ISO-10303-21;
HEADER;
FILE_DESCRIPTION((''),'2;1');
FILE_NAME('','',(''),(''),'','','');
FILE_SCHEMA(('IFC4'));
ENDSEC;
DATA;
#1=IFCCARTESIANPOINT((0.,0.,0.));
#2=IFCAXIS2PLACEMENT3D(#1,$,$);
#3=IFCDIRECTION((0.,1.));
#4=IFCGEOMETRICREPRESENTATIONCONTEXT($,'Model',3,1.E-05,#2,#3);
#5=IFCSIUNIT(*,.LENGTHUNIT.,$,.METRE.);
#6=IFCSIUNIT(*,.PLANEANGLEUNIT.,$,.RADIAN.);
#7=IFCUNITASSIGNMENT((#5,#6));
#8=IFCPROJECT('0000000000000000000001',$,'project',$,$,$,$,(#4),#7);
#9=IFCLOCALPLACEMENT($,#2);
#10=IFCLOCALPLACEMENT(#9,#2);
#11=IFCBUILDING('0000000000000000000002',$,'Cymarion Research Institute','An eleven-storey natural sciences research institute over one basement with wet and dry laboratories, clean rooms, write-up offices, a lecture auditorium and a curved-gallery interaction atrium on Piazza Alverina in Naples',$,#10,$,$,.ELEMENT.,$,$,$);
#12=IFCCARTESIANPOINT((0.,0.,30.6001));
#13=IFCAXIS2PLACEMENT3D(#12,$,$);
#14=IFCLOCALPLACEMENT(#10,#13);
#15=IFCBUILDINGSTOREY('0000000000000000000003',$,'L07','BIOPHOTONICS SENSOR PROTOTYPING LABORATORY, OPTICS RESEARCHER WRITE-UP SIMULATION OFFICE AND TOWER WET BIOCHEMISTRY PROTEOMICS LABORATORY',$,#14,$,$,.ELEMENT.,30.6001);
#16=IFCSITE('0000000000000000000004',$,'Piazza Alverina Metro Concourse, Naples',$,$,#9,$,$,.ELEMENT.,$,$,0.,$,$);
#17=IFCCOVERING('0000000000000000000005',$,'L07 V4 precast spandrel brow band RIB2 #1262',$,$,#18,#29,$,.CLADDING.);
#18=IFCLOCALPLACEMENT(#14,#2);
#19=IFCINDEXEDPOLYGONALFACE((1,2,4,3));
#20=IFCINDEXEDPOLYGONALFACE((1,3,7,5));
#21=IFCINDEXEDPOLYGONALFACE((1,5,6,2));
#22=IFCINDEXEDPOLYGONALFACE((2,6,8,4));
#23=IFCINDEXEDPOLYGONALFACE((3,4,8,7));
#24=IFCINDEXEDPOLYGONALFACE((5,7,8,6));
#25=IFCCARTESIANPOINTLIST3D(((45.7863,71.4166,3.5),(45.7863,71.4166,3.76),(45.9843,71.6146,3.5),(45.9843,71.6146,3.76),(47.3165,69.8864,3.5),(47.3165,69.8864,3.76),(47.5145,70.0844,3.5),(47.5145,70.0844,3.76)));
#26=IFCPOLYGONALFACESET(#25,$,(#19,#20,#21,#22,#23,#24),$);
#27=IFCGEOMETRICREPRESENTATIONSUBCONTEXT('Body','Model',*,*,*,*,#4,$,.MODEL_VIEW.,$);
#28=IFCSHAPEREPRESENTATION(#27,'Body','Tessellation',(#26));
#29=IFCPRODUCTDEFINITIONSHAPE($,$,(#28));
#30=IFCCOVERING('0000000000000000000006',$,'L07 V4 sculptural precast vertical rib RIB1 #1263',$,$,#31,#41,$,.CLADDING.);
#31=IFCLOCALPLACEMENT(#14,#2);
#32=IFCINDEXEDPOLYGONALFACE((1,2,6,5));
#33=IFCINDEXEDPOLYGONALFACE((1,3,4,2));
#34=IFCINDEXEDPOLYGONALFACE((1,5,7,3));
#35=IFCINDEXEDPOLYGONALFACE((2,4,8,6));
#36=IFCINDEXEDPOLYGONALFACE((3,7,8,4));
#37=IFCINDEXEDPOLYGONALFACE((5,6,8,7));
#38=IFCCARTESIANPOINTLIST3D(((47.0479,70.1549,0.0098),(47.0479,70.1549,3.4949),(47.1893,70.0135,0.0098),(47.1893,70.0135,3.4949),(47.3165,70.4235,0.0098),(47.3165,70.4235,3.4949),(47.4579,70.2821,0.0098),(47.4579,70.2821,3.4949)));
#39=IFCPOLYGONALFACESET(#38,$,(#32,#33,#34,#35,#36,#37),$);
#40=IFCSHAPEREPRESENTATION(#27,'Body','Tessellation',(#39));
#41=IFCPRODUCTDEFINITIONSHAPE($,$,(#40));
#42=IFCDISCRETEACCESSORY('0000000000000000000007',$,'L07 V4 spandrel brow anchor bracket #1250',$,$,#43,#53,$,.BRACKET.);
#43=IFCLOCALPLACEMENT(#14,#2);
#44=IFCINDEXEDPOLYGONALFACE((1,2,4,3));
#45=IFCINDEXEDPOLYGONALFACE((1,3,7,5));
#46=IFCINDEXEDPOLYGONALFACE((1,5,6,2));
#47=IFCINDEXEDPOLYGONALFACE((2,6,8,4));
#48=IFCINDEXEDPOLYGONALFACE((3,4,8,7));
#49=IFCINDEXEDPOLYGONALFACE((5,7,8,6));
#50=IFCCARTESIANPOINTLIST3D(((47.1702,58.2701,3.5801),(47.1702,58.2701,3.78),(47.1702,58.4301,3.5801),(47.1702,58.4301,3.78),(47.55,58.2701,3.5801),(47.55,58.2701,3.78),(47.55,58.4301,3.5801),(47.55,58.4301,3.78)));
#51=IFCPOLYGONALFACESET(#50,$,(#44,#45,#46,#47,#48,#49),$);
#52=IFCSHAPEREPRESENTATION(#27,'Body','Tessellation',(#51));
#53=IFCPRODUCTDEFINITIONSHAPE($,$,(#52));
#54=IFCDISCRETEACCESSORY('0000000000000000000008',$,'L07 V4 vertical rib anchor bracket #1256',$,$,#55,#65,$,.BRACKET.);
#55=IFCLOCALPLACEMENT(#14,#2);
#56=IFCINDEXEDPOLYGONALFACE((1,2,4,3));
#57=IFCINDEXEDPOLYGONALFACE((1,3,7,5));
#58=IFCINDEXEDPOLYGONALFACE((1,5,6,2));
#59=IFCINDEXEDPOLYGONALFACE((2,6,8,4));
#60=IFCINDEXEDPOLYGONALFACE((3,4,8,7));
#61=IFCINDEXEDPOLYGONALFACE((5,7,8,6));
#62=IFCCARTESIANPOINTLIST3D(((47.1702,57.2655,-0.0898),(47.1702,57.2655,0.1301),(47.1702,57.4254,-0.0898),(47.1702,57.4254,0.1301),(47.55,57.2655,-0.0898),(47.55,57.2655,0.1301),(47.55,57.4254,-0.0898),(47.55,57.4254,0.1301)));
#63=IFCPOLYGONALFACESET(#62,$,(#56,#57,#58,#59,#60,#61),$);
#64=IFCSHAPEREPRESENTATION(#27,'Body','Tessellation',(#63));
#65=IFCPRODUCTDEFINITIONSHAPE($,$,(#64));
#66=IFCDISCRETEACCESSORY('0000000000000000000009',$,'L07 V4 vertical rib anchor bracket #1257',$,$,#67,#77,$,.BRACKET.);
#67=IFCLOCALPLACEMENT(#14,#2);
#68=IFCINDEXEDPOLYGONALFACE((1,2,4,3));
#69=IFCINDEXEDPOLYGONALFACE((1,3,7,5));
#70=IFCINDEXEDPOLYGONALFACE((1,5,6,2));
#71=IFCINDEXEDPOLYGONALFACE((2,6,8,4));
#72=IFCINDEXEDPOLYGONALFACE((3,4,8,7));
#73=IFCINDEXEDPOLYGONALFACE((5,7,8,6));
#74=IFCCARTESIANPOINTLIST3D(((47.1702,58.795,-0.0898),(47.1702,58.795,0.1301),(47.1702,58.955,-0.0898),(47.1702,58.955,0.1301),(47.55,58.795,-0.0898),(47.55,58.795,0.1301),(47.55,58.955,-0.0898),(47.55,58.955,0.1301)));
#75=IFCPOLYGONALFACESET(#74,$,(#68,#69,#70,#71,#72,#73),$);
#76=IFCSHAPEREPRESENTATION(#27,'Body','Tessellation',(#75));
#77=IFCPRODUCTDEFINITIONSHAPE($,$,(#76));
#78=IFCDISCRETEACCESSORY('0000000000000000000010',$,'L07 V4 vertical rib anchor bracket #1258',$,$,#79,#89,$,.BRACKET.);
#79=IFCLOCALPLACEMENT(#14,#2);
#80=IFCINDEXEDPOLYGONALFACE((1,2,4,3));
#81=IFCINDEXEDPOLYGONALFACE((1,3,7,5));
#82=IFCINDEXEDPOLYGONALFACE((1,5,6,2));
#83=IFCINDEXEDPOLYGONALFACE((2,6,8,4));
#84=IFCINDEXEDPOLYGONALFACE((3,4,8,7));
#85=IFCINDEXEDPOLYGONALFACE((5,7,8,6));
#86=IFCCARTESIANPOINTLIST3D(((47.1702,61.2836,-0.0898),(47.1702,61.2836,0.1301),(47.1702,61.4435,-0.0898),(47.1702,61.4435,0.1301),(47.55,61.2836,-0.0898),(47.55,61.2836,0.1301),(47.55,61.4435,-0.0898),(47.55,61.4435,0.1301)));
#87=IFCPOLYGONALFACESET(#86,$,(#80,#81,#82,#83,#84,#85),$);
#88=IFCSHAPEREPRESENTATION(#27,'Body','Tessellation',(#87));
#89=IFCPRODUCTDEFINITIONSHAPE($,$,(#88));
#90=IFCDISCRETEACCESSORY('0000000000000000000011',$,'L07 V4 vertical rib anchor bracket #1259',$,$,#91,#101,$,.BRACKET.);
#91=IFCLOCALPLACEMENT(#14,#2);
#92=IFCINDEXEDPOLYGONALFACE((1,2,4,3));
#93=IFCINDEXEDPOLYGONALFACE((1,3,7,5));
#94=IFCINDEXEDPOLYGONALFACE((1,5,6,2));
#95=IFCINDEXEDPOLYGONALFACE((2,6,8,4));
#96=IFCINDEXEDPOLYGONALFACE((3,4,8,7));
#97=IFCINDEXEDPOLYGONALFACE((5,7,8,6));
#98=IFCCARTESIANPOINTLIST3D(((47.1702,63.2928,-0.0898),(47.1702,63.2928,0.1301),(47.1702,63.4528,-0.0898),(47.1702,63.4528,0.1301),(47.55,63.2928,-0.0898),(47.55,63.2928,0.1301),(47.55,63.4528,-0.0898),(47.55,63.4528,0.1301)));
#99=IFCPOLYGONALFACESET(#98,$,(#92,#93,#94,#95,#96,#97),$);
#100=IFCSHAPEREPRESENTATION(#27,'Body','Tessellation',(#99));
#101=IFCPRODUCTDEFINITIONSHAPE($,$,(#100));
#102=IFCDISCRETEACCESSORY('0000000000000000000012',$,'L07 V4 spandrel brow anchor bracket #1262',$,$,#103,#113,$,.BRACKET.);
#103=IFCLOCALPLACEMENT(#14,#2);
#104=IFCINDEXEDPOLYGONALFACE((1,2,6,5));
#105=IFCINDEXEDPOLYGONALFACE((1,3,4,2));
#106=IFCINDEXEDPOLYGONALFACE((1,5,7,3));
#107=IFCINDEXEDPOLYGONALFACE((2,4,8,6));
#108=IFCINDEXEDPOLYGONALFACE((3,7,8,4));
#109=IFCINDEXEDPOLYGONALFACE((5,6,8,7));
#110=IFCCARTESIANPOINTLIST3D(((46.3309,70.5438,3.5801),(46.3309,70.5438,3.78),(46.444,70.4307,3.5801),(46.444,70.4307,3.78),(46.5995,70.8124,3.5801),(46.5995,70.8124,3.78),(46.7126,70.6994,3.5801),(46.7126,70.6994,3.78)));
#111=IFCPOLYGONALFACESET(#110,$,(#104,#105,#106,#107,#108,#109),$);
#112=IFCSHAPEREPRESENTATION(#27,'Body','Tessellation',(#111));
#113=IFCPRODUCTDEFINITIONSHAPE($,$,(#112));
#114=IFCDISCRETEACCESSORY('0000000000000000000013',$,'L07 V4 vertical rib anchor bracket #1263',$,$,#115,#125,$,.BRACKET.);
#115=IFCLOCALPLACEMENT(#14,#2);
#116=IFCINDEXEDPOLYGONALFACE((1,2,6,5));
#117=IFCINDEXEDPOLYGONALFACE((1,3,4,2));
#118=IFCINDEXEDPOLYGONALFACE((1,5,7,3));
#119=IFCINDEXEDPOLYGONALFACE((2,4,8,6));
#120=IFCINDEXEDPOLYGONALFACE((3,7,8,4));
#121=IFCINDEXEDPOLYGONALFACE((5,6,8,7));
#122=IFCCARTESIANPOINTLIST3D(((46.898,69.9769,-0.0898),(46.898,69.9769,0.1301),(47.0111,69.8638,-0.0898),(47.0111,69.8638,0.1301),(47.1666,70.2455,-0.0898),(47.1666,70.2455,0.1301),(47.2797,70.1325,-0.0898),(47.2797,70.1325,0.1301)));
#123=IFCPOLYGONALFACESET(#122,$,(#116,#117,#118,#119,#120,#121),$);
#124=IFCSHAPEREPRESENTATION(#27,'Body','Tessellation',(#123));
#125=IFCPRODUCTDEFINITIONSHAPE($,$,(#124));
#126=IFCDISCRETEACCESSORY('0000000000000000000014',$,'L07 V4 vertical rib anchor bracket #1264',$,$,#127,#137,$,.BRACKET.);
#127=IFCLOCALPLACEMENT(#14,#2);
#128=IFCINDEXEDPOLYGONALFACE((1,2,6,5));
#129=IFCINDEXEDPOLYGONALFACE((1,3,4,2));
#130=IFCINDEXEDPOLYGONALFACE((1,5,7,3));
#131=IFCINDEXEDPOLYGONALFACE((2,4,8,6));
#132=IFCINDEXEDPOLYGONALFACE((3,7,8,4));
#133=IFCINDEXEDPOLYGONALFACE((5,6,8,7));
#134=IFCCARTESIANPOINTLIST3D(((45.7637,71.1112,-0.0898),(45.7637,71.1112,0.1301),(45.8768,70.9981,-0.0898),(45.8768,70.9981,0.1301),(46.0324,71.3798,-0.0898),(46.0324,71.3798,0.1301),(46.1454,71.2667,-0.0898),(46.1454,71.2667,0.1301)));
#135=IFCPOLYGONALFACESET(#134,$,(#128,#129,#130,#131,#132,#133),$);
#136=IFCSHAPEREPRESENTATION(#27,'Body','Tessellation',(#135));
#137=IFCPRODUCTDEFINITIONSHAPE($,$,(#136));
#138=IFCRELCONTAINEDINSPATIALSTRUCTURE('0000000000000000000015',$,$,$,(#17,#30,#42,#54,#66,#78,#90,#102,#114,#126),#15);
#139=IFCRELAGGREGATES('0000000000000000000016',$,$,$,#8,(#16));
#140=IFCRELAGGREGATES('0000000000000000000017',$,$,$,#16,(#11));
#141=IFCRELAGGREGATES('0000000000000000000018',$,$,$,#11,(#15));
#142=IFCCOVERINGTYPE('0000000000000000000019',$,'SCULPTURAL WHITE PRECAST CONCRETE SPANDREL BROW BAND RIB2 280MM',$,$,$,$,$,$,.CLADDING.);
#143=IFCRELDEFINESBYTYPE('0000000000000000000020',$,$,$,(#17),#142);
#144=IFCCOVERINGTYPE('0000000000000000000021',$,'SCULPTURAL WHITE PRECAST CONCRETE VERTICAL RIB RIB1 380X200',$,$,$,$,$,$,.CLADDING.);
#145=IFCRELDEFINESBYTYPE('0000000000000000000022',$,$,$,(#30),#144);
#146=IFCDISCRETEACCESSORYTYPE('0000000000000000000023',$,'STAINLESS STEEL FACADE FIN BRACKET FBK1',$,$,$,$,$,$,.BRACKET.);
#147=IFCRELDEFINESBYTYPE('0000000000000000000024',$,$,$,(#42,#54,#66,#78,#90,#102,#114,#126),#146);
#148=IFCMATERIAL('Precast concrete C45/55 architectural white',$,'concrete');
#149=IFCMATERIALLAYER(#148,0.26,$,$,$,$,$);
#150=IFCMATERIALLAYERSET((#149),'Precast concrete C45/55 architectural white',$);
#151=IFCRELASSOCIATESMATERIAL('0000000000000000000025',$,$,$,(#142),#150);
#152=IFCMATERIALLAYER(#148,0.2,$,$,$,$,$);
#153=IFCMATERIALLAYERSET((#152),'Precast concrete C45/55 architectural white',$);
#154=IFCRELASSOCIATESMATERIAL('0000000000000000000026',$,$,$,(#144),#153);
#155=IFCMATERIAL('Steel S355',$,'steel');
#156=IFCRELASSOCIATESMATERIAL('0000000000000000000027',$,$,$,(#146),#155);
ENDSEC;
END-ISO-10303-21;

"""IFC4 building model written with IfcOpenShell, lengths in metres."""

from ifc_helpers import new_model, si_unit, direction, frame, origin, origin_2d, place, context, subcontext, project, spatial, rectangle, extrude, material, layer, layer_set, type_object, element, save


model = new_model("IFC4")

# Units and contexts
model_context = context("Model", 3, precision=1e-05, world=origin(), true_north=direction((0.0, 1.0)))
body_context = subcontext(model_context, "Body", "Model", "MODEL_VIEW")
ifc_project = project(units=[si_unit("LENGTHUNIT", "METRE"), si_unit("PLANEANGLEUNIT", "RADIAN")], contexts=[model_context])

# Site, building, storey
site_placement = place(None, origin())
site = spatial("IfcSite", under=ifc_project, at=site_placement, Name="Piazza Alverina Metro Concourse, Naples", CompositionType="ELEMENT", RefElevation=0.0)
building_placement = place(site_placement, origin())
building = spatial("IfcBuilding", under=site, at=building_placement, Name="Cymarion Research Institute", Description="An eleven-storey natural sciences research institute over one basement with wet and dry laboratories, clean rooms, write-up offices, a lecture auditorium and a curved-gallery interaction atrium on Piazza Alverina in Naples", CompositionType="ELEMENT")
storey_placement = place(building_placement, frame((0.0, 0.0, 30.6001)))
storey = spatial("IfcBuildingStorey", under=building, at=storey_placement, Name="L07", Description="BIOPHOTONICS SENSOR PROTOTYPING LABORATORY, OPTICS RESEARCHER WRITE-UP SIMULATION OFFICE AND TOWER WET BIOCHEMISTRY PROTEOMICS LABORATORY", CompositionType="ELEMENT", Elevation=30.6001)

# Shared definitions
ifc_material_1 = material(Name="Steel S355", Category="steel")

# Coverings
ifc_material_2 = material(Name="Precast concrete C45/55 architectural white", Category="concrete")
ifc_layer_1 = layer(ifc_material_2, 0.26)
ifc_layer_set_1 = layer_set([ifc_layer_1], Name="Precast concrete C45/55 architectural white")
covering_type_1 = type_object("IfcCoveringType", Name="SCULPTURAL WHITE PRECAST CONCRETE SPANDREL BROW BAND RIB2 280MM", PredefinedType="CLADDING", material=ifc_layer_set_1)
covering_1_placement = place(storey_placement, frame((46.6504, 70.7505, 3.5), z_axis=(0.0, 0.0, 1.0), x_axis=(0.707107, 0.707107, 0.0)))
element("IfcCovering", 1, at=covering_1_placement, inside=storey, type_object=covering_type_1, Name="L07 V4 precast spandrel brow band RIB2 #1262", PredefinedType="CLADDING", context=body_context, shape_type="SweptSolid", body=[
    extrude(rectangle(XDim=0.28, YDim=2.1641, at=origin_2d()), origin(), (0.0, 0.0, 1.0), 0.26),
])
ifc_layer_2 = layer(ifc_material_2, 0.2)
ifc_layer_set_2 = layer_set([ifc_layer_2], Name="Precast concrete C45/55 architectural white")
covering_type_2 = type_object("IfcCoveringType", Name="SCULPTURAL WHITE PRECAST CONCRETE VERTICAL RIB RIB1 380X200", PredefinedType="CLADDING", material=ifc_layer_set_2)
covering_2_placement = place(storey_placement, frame((47.2529, 70.2185, 0.0098), z_axis=(0.0, 0.0, 1.0), x_axis=(0.707107, 0.707107, 0.0)))
element("IfcCovering", 2, at=covering_2_placement, inside=storey, type_object=covering_type_2, Name="L07 V4 sculptural precast vertical rib RIB1 #1263", PredefinedType="CLADDING", context=body_context, shape_type="SweptSolid", body=[
    extrude(rectangle(XDim=0.3799, YDim=0.2, at=origin_2d()), origin(), (0.0, 0.0, 1.0), 3.4851),
])

# Discrete accessories
discrete_accessory_type = type_object("IfcDiscreteAccessoryType", Name="STAINLESS STEEL FACADE FIN BRACKET FBK1", PredefinedType="BRACKET", material=ifc_material_1)
discrete_accessory_1_placement = place(storey_placement, frame((47.3601, 58.3501, 3.5801), z_axis=(0.0, 0.0, 1.0), x_axis=(1.0, 0.0, 0.0)))
element("IfcDiscreteAccessory", 3, at=discrete_accessory_1_placement, inside=storey, type_object=discrete_accessory_type, Name="L07 V4 spandrel brow anchor bracket #1250", PredefinedType="BRACKET", context=body_context, shape_type="SweptSolid", body=[
    extrude(rectangle(XDim=0.3799, YDim=0.1599, at=origin_2d()), origin(), (0.0, 0.0, 1.0), 0.2),
])
for number, where, z_axis, x_axis, name in (
    (4, (47.3601, 57.3455, -0.0898), (0.0, 0.0, 1.0), (1.0, 0.0, 0.0), "L07 V4 vertical rib anchor bracket #1256"),
    (5, (47.3601, 58.875, -0.0898), (0.0, 0.0, 1.0), (1.0, 0.0, 0.0), "L07 V4 vertical rib anchor bracket #1257"),
    (6, (47.3601, 61.3635, -0.0898), (0.0, 0.0, 1.0), (1.0, 0.0, 0.0), "L07 V4 vertical rib anchor bracket #1258"),
    (7, (47.3601, 63.3728, -0.0898), (0.0, 0.0, 1.0), (1.0, 0.0, 0.0), "L07 V4 vertical rib anchor bracket #1259"),
):
    element("IfcDiscreteAccessory", number, at=place(storey_placement, frame(where, z_axis=z_axis, x_axis=x_axis)), inside=storey, type_object=discrete_accessory_type, Name=name, PredefinedType="BRACKET", context=body_context, shape_type="SweptSolid", body=[
        extrude(rectangle(XDim=0.3799, YDim=0.1599, at=origin_2d()), origin(), (0.0, 0.0, 1.0), 0.22),
    ])
discrete_accessory_2_placement = place(storey_placement, frame((46.5217, 70.6216, 3.5801), z_axis=(0.0, 0.0, 1.0), x_axis=(0.707107, 0.707107, 0.0)))
element("IfcDiscreteAccessory", 8, at=discrete_accessory_2_placement, inside=storey, type_object=discrete_accessory_type, Name="L07 V4 spandrel brow anchor bracket #1262", PredefinedType="BRACKET", context=body_context, shape_type="SweptSolid", body=[
    extrude(rectangle(XDim=0.3799, YDim=0.1599, at=origin_2d()), origin(), (0.0, 0.0, 1.0), 0.2),
])
for number, where, z_axis, x_axis, name in (
    (9, (47.0889, 70.0547, -0.0898), (0.0, 0.0, 1.0), (0.707107, 0.707107, 0.0), "L07 V4 vertical rib anchor bracket #1263"),
    (10, (45.9546, 71.189, -0.0898), (0.0, 0.0, 1.0), (0.707107, 0.707107, 0.0), "L07 V4 vertical rib anchor bracket #1264"),
):
    element("IfcDiscreteAccessory", number, at=place(storey_placement, frame(where, z_axis=z_axis, x_axis=x_axis)), inside=storey, type_object=discrete_accessory_type, Name=name, PredefinedType="BRACKET", context=body_context, shape_type="SweptSolid", body=[
        extrude(rectangle(XDim=0.3799, YDim=0.1599, at=origin_2d()), origin(), (0.0, 0.0, 1.0), 0.22),
    ])

save(model, "model.ifc")
